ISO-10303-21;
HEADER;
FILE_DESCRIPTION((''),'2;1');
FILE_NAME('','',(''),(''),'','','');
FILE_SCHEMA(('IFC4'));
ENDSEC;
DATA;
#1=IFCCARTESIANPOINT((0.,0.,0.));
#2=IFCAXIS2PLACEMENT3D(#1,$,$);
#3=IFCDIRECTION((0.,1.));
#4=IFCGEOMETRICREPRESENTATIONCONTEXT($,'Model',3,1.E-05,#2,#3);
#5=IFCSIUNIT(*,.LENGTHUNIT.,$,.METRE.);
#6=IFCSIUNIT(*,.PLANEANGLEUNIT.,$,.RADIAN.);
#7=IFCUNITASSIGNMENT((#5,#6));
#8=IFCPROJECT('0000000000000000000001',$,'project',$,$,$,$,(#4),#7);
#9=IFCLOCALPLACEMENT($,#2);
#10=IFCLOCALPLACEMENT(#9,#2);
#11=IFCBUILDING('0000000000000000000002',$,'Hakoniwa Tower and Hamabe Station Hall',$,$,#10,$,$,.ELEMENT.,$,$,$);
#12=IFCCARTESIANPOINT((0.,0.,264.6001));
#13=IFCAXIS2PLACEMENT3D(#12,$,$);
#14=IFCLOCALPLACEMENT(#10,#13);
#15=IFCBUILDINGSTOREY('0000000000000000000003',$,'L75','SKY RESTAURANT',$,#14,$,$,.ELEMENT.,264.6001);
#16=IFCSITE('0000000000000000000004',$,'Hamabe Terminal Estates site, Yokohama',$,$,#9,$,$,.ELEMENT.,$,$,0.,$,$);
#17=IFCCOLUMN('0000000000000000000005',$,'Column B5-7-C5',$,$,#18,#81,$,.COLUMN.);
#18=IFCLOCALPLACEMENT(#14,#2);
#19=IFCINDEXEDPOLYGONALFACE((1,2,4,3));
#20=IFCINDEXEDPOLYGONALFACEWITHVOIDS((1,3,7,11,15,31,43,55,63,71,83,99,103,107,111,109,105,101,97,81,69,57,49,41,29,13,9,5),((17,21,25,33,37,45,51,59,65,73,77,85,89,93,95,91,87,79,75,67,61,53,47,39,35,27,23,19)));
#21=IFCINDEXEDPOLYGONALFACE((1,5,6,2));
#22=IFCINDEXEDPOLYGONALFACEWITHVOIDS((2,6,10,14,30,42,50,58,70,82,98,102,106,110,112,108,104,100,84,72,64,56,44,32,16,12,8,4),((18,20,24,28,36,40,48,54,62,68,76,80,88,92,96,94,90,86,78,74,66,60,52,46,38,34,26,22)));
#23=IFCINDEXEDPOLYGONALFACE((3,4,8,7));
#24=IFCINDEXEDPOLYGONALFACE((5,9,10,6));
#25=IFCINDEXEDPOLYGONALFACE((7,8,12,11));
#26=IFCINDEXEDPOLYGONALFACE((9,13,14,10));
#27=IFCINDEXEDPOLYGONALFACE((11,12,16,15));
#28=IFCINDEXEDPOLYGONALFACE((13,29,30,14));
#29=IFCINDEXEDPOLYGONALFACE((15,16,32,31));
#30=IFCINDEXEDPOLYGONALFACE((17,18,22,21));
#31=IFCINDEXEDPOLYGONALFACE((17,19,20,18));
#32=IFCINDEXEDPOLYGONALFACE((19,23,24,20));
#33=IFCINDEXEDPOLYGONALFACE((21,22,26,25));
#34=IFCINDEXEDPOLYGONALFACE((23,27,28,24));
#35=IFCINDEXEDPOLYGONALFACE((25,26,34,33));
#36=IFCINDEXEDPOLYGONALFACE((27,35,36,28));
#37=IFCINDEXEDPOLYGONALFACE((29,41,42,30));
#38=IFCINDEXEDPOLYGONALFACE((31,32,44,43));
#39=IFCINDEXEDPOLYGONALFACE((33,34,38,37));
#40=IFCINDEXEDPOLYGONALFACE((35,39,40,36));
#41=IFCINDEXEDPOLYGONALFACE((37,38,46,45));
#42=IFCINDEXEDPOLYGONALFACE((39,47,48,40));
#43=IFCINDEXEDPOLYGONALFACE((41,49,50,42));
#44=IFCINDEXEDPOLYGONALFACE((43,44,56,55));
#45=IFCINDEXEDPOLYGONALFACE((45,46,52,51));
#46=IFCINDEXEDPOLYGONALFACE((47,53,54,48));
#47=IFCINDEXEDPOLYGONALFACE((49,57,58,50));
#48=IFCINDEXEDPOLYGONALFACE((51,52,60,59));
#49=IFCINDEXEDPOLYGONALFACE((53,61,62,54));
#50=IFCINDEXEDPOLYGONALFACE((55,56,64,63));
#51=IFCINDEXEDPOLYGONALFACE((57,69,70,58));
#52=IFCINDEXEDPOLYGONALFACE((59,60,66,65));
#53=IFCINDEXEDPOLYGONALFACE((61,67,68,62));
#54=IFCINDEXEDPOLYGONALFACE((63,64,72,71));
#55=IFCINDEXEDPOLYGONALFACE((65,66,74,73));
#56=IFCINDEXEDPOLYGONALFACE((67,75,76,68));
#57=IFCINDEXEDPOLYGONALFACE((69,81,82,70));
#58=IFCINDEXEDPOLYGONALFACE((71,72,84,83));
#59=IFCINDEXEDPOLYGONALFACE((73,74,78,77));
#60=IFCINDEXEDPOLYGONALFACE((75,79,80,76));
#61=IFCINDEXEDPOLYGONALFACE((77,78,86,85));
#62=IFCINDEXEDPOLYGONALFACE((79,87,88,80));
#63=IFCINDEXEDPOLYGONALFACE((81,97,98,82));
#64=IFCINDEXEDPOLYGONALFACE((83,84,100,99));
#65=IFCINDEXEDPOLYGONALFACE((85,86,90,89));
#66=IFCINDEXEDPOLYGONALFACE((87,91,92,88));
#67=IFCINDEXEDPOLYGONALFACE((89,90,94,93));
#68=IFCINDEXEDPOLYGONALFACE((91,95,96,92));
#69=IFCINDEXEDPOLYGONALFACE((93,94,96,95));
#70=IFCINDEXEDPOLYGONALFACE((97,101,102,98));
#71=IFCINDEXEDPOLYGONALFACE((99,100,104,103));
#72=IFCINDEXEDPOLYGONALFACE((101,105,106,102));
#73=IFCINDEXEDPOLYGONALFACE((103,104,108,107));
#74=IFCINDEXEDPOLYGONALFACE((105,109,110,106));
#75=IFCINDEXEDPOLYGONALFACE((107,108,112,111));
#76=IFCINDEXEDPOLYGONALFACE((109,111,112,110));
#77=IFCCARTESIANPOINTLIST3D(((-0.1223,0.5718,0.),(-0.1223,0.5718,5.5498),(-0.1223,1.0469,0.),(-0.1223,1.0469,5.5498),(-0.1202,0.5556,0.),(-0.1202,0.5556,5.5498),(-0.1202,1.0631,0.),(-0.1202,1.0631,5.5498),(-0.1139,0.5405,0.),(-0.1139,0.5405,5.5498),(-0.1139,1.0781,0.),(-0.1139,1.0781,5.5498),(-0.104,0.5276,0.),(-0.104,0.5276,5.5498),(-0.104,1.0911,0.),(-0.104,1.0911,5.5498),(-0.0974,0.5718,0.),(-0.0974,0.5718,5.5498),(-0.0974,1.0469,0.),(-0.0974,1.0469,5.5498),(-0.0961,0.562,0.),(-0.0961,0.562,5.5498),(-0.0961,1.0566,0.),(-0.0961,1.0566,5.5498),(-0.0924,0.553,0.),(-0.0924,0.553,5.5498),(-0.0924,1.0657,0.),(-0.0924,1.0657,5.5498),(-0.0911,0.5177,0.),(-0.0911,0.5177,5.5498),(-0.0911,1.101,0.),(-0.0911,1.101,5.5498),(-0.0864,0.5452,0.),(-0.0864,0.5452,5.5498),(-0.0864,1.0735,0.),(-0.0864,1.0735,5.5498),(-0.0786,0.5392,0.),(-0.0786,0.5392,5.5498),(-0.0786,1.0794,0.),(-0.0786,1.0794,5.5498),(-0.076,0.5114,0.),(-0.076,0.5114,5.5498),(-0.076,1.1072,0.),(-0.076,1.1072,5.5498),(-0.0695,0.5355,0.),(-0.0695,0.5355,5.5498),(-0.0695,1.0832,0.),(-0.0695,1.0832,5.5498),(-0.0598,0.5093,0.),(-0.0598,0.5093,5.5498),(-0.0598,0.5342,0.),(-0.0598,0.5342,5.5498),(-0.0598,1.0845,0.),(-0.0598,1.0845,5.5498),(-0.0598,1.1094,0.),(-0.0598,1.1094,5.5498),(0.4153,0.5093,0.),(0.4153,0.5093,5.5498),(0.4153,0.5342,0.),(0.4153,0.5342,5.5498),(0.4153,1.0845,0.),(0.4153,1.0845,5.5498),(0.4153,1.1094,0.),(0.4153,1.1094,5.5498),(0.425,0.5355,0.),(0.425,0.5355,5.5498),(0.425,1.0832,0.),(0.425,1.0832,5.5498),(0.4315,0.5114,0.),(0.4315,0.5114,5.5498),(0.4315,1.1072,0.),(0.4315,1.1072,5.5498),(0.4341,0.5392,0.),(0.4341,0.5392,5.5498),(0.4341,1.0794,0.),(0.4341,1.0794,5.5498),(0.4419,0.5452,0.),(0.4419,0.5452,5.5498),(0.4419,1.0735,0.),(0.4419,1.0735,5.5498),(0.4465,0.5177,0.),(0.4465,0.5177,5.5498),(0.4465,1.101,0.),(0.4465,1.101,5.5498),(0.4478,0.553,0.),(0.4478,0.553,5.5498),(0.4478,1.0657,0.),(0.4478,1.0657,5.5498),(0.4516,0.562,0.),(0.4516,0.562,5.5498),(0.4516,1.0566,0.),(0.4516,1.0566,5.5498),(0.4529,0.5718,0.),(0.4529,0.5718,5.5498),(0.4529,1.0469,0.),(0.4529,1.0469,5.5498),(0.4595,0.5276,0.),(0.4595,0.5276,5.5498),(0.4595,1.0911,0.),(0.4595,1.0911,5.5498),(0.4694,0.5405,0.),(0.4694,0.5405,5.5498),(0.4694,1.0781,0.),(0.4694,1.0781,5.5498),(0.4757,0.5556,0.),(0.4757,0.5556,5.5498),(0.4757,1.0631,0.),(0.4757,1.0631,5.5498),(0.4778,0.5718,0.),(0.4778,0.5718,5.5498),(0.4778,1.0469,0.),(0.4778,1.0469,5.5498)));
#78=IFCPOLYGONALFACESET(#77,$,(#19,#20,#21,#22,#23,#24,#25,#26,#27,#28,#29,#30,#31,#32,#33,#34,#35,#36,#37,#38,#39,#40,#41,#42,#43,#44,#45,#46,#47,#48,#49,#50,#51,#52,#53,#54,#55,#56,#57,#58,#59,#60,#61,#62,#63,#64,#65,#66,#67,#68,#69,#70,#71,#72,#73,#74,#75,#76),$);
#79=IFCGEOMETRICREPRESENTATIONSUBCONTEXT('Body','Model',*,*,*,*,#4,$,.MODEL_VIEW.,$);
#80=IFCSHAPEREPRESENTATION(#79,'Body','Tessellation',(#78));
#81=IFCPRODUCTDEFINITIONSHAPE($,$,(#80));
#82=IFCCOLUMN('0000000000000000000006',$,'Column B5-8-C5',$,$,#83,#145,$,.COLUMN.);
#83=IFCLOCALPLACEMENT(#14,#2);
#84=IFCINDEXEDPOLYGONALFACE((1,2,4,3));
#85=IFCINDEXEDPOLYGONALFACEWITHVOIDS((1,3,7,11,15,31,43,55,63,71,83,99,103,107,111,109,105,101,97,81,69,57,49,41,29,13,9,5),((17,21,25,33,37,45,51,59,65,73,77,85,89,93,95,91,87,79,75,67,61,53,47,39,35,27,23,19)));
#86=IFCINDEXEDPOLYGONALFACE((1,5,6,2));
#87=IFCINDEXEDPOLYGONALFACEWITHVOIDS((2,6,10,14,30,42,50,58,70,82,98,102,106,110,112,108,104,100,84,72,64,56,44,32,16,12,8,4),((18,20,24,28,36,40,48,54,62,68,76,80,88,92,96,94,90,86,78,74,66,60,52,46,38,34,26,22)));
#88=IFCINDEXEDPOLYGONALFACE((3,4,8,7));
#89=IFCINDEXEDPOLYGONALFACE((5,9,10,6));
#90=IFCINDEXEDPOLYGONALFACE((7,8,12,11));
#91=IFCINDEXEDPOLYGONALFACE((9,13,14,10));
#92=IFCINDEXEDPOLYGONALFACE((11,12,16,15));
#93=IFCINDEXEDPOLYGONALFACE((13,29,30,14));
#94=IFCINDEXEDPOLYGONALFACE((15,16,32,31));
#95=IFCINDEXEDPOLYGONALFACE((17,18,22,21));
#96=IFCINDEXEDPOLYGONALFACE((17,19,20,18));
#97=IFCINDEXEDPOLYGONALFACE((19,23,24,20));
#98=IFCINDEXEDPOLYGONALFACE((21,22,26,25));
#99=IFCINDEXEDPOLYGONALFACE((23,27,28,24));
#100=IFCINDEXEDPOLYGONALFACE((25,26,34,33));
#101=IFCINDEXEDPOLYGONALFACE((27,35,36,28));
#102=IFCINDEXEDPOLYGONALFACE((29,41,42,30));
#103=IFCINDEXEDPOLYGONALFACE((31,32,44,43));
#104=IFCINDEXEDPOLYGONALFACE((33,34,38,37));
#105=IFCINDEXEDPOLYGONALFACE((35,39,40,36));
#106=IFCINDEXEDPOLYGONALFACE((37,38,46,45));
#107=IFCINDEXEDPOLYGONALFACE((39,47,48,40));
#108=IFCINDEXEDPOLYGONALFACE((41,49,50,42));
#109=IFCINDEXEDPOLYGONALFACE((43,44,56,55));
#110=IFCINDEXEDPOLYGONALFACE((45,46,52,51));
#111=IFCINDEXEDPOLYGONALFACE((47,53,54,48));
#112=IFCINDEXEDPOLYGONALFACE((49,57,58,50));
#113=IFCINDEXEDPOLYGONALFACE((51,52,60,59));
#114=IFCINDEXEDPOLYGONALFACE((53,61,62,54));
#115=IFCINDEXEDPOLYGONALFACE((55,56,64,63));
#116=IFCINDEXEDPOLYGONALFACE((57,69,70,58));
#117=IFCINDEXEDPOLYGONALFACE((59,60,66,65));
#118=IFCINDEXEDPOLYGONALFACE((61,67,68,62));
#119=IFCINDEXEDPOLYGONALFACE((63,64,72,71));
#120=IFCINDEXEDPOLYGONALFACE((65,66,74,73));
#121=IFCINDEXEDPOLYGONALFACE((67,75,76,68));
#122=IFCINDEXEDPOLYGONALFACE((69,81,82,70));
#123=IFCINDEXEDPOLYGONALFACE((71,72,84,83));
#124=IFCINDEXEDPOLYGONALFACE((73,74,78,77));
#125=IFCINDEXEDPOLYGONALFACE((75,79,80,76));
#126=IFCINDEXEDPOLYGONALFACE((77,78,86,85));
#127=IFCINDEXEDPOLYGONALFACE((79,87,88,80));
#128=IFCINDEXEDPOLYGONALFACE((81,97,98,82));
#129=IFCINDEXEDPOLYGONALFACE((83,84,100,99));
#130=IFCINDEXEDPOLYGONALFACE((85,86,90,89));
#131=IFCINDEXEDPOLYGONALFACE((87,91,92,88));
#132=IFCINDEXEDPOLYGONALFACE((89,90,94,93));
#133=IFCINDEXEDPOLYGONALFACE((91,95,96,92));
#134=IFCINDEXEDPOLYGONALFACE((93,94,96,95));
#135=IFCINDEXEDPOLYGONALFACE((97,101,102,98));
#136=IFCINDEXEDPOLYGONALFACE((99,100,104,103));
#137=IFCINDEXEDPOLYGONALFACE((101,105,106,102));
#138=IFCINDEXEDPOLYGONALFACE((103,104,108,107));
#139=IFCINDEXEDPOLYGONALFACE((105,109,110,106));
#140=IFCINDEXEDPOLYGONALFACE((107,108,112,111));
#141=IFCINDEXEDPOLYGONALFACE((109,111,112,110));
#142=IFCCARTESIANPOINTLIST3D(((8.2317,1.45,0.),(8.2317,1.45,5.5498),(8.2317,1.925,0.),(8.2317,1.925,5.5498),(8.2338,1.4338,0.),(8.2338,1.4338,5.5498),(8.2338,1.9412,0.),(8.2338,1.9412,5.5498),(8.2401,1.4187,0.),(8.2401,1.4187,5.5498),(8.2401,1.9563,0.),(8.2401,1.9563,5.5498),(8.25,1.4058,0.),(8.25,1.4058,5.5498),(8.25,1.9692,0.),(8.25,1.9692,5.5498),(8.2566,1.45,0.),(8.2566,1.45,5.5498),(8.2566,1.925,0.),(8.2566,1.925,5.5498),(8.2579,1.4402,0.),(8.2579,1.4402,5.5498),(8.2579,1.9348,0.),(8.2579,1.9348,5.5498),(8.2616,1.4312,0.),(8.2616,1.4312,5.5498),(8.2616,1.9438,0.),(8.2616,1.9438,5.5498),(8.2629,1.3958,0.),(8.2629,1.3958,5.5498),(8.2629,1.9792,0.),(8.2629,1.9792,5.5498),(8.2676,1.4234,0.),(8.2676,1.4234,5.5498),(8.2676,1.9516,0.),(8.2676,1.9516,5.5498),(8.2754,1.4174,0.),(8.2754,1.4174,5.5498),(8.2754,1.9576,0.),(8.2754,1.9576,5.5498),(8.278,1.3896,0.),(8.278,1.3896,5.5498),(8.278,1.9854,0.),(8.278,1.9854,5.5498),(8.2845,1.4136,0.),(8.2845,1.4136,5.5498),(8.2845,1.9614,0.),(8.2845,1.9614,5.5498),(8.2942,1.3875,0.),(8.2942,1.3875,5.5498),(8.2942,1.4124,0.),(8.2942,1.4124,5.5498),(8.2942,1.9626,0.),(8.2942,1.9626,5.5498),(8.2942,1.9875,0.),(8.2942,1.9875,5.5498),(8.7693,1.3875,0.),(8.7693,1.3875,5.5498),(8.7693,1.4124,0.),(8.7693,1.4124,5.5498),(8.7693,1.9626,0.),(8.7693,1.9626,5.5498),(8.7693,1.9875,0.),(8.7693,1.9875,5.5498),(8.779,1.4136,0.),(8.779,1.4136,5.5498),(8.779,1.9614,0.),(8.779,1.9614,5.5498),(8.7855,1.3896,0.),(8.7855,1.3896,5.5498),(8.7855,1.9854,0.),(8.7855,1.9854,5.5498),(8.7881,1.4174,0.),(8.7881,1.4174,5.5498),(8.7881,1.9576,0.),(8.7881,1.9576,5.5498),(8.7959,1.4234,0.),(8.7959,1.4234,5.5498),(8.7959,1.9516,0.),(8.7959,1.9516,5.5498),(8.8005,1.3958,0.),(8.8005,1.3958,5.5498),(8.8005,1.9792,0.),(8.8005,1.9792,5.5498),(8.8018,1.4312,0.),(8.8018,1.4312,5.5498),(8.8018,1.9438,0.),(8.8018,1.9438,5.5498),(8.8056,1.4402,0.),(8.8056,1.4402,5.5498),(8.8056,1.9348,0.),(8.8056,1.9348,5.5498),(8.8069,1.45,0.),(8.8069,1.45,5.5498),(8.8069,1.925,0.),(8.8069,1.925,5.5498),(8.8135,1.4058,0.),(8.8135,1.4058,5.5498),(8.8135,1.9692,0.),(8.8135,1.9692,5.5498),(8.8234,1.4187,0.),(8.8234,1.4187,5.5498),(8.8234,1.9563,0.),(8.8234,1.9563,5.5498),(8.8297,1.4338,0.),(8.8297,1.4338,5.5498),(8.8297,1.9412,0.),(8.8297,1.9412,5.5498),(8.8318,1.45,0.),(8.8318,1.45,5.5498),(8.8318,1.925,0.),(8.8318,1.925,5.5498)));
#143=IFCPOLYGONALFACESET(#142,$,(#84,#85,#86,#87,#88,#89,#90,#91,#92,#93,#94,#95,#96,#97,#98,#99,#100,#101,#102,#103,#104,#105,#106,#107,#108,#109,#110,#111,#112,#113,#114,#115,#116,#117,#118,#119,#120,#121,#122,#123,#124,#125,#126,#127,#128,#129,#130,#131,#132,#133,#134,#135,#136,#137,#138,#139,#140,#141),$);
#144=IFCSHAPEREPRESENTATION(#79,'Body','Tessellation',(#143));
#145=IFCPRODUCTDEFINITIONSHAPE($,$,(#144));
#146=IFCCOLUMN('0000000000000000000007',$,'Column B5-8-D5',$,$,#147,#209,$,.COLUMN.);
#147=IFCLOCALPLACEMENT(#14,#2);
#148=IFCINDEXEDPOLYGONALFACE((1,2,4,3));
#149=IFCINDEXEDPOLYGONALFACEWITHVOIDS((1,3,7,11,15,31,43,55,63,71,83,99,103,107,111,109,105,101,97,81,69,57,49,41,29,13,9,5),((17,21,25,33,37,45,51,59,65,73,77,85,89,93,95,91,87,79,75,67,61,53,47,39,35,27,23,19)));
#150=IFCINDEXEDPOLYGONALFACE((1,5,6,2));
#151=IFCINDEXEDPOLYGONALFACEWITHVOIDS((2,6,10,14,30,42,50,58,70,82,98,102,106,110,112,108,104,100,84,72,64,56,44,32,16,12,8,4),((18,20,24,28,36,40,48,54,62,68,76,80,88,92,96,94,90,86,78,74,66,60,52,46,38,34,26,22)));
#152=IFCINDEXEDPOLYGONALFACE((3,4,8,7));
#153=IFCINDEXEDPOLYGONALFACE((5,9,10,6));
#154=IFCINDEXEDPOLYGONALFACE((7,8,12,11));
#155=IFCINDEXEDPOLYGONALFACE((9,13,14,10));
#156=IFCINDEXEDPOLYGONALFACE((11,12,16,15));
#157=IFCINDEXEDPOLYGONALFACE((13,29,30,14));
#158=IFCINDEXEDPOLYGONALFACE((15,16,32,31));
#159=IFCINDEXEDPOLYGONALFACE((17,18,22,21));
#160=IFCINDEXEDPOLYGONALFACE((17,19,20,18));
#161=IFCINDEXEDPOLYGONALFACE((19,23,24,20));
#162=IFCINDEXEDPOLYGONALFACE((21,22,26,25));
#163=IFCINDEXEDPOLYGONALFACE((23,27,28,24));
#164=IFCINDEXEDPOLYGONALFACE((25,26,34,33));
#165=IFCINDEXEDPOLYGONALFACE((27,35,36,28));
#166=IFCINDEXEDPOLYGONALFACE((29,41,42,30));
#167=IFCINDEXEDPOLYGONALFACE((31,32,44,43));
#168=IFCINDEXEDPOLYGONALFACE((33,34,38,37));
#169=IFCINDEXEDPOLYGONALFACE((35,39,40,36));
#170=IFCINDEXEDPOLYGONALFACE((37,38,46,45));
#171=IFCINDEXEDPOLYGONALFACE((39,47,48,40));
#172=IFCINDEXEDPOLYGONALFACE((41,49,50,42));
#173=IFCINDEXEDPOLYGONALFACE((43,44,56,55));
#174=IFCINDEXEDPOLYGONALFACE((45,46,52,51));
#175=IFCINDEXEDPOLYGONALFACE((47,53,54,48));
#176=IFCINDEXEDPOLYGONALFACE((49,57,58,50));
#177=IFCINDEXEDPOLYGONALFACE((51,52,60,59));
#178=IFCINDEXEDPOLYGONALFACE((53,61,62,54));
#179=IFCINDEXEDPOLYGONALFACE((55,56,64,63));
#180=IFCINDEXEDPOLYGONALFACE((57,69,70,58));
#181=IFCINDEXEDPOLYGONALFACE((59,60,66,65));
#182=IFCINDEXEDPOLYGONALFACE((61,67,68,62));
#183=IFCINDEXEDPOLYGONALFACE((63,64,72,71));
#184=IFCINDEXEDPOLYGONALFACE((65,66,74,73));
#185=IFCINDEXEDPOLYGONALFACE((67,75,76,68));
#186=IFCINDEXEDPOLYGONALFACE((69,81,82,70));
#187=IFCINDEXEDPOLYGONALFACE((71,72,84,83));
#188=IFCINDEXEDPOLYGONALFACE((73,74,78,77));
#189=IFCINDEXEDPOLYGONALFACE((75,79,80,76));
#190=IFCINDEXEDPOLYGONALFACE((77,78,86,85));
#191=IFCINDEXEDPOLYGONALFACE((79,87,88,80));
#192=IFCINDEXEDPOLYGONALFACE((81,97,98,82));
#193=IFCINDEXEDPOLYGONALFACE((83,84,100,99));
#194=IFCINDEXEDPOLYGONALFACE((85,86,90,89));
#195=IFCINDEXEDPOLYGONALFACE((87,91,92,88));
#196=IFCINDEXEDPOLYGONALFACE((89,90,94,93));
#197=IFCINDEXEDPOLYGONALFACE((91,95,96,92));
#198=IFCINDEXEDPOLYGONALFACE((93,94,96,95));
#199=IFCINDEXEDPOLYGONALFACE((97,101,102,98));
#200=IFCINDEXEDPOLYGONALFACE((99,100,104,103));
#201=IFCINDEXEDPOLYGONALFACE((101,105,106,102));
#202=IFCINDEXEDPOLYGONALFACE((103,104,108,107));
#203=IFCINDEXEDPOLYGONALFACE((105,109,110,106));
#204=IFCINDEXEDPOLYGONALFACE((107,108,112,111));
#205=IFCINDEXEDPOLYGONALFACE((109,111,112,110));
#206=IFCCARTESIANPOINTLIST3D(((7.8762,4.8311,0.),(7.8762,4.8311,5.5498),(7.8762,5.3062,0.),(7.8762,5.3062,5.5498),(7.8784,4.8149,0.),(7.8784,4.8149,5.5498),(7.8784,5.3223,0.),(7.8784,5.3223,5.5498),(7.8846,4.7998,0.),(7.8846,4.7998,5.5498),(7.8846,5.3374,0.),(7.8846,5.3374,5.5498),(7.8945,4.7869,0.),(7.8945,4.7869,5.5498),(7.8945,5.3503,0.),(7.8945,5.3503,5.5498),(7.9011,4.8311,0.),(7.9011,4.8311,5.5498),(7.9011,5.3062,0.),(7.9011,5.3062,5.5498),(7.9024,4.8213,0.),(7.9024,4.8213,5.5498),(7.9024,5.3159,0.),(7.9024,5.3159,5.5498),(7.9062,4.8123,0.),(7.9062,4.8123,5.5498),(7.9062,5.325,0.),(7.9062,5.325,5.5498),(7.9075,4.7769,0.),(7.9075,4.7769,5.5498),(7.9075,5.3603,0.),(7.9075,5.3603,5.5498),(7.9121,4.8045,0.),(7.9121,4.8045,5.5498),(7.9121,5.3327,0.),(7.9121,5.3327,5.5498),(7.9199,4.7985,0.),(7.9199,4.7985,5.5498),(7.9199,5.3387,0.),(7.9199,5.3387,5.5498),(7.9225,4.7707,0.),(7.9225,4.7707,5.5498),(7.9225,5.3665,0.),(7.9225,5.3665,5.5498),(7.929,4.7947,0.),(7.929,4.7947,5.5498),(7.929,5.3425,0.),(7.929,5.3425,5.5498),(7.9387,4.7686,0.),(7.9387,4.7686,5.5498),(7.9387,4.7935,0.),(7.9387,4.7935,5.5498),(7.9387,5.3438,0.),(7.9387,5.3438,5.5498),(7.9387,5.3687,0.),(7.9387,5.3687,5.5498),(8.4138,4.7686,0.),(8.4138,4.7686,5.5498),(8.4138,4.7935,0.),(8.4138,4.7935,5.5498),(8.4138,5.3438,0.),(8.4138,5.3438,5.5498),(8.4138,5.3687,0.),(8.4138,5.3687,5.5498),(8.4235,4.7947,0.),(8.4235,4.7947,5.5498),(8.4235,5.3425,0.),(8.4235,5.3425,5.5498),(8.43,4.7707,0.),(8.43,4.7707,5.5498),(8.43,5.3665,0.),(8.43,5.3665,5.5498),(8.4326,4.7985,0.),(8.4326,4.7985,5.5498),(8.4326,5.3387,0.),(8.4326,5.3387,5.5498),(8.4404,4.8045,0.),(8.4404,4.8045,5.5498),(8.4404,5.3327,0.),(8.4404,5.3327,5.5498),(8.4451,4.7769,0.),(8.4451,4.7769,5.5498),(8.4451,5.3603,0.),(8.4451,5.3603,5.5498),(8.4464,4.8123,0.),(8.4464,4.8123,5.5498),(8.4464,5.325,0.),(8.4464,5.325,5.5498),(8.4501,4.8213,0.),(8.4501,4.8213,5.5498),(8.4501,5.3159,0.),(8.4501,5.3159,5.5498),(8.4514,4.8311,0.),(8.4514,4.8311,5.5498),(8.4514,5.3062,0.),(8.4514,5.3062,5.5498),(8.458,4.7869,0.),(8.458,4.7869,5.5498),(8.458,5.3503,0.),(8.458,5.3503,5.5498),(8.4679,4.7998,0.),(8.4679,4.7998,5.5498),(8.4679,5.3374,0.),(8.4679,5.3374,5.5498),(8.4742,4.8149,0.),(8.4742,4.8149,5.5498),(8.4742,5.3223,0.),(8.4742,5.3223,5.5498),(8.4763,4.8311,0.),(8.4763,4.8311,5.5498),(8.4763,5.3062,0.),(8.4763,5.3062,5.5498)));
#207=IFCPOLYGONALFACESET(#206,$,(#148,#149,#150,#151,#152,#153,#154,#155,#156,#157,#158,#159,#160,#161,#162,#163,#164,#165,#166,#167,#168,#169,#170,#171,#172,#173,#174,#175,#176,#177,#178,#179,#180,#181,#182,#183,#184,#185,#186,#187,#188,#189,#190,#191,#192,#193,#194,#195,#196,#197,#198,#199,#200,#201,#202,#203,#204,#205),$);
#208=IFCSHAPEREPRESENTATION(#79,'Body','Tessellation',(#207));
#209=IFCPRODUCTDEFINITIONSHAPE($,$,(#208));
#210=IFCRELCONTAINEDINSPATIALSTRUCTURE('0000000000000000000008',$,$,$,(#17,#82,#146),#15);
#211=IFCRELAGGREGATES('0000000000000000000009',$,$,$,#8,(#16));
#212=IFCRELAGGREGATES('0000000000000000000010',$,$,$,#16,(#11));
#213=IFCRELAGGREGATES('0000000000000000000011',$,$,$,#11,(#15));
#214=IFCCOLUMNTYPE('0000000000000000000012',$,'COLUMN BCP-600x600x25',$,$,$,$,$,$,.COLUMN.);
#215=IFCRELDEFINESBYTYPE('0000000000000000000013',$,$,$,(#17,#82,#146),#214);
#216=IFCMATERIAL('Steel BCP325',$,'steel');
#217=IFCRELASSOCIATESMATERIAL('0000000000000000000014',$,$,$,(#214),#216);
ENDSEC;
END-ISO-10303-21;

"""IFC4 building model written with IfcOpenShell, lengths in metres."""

from ifc_helpers import new_model, si_unit, direction, frame, origin, origin_2d, place, context, subcontext, project, spatial, hollow_rectangle, extrude, material, material_profile, profile_set, type_object, element, save


model = new_model("IFC4")

# Units and contexts
model_context = context("Model", 3, precision=1e-05, world=origin(), true_north=direction((0.0, 1.0)))
body_context = subcontext(model_context, "Body", "Model", "MODEL_VIEW")
ifc_project = project(units=[si_unit("LENGTHUNIT", "METRE"), si_unit("PLANEANGLEUNIT", "RADIAN")], contexts=[model_context])

# Site, building, storey
site_placement = place(None, origin())
site = spatial("IfcSite", under=ifc_project, at=site_placement, Name="Hamabe Terminal Estates site, Yokohama", CompositionType="ELEMENT", RefElevation=0.0)
building_placement = place(site_placement, origin())
building = spatial("IfcBuilding", under=site, at=building_placement, Name="Hakoniwa Tower and Hamabe Station Hall", CompositionType="ELEMENT")
storey_placement = place(building_placement, frame((0.0, 0.0, 264.6001)))
storey = spatial("IfcBuildingStorey", under=building, at=storey_placement, Name="L75", Description="SKY RESTAURANT", CompositionType="ELEMENT", Elevation=264.6001)

# Columns
ifc_material_1 = material(Name="Steel BCP325", Category="steel")
ifc_material_profile = material_profile(ifc_material_1, hollow_rectangle(XDim=0.6001, YDim=0.6001, WallThickness=0.0249, InnerFilletRadius=0.0376, OuterFilletRadius=0.0625, at=origin_2d()), Name="BCP-600x600x25")
ifc_profile_set = profile_set([ifc_material_profile], Name="Steel BCP325")
column_type = type_object("IfcColumnType", Name="COLUMN BCP-600x600x25", PredefinedType="COLUMN", material=ifc_profile_set)
for number, where, z_axis, x_axis, name in (
    (1, (0.1777, 0.8093, 0.0), (0.0, 0.0, 1.0), (1.0, 0.0, 0.0), "Column B5-7-C5"),
    (2, (8.5317, 1.6875, 0.0), (0.0, 0.0, 1.0), (1.0, 0.0, 0.0), "Column B5-8-C5"),
    (3, (8.1763, 5.0686, 0.0), (0.0, 0.0, 1.0), (1.0, 0.0, 0.0), "Column B5-8-D5"),
):
    element("IfcColumn", number, at=place(storey_placement, frame(where, z_axis=z_axis, x_axis=x_axis)), inside=storey, type_object=column_type, Name=name, PredefinedType="COLUMN", context=body_context, shape_type="SweptSolid", body=[
        extrude(hollow_rectangle(XDim=0.6001, YDim=0.6001, WallThickness=0.0249, InnerFilletRadius=0.0376, OuterFilletRadius=0.0625, at=origin_2d()), origin(), (0.0, 0.0, 1.0), 5.5498),
    ])

save(model, "model.ifc")
